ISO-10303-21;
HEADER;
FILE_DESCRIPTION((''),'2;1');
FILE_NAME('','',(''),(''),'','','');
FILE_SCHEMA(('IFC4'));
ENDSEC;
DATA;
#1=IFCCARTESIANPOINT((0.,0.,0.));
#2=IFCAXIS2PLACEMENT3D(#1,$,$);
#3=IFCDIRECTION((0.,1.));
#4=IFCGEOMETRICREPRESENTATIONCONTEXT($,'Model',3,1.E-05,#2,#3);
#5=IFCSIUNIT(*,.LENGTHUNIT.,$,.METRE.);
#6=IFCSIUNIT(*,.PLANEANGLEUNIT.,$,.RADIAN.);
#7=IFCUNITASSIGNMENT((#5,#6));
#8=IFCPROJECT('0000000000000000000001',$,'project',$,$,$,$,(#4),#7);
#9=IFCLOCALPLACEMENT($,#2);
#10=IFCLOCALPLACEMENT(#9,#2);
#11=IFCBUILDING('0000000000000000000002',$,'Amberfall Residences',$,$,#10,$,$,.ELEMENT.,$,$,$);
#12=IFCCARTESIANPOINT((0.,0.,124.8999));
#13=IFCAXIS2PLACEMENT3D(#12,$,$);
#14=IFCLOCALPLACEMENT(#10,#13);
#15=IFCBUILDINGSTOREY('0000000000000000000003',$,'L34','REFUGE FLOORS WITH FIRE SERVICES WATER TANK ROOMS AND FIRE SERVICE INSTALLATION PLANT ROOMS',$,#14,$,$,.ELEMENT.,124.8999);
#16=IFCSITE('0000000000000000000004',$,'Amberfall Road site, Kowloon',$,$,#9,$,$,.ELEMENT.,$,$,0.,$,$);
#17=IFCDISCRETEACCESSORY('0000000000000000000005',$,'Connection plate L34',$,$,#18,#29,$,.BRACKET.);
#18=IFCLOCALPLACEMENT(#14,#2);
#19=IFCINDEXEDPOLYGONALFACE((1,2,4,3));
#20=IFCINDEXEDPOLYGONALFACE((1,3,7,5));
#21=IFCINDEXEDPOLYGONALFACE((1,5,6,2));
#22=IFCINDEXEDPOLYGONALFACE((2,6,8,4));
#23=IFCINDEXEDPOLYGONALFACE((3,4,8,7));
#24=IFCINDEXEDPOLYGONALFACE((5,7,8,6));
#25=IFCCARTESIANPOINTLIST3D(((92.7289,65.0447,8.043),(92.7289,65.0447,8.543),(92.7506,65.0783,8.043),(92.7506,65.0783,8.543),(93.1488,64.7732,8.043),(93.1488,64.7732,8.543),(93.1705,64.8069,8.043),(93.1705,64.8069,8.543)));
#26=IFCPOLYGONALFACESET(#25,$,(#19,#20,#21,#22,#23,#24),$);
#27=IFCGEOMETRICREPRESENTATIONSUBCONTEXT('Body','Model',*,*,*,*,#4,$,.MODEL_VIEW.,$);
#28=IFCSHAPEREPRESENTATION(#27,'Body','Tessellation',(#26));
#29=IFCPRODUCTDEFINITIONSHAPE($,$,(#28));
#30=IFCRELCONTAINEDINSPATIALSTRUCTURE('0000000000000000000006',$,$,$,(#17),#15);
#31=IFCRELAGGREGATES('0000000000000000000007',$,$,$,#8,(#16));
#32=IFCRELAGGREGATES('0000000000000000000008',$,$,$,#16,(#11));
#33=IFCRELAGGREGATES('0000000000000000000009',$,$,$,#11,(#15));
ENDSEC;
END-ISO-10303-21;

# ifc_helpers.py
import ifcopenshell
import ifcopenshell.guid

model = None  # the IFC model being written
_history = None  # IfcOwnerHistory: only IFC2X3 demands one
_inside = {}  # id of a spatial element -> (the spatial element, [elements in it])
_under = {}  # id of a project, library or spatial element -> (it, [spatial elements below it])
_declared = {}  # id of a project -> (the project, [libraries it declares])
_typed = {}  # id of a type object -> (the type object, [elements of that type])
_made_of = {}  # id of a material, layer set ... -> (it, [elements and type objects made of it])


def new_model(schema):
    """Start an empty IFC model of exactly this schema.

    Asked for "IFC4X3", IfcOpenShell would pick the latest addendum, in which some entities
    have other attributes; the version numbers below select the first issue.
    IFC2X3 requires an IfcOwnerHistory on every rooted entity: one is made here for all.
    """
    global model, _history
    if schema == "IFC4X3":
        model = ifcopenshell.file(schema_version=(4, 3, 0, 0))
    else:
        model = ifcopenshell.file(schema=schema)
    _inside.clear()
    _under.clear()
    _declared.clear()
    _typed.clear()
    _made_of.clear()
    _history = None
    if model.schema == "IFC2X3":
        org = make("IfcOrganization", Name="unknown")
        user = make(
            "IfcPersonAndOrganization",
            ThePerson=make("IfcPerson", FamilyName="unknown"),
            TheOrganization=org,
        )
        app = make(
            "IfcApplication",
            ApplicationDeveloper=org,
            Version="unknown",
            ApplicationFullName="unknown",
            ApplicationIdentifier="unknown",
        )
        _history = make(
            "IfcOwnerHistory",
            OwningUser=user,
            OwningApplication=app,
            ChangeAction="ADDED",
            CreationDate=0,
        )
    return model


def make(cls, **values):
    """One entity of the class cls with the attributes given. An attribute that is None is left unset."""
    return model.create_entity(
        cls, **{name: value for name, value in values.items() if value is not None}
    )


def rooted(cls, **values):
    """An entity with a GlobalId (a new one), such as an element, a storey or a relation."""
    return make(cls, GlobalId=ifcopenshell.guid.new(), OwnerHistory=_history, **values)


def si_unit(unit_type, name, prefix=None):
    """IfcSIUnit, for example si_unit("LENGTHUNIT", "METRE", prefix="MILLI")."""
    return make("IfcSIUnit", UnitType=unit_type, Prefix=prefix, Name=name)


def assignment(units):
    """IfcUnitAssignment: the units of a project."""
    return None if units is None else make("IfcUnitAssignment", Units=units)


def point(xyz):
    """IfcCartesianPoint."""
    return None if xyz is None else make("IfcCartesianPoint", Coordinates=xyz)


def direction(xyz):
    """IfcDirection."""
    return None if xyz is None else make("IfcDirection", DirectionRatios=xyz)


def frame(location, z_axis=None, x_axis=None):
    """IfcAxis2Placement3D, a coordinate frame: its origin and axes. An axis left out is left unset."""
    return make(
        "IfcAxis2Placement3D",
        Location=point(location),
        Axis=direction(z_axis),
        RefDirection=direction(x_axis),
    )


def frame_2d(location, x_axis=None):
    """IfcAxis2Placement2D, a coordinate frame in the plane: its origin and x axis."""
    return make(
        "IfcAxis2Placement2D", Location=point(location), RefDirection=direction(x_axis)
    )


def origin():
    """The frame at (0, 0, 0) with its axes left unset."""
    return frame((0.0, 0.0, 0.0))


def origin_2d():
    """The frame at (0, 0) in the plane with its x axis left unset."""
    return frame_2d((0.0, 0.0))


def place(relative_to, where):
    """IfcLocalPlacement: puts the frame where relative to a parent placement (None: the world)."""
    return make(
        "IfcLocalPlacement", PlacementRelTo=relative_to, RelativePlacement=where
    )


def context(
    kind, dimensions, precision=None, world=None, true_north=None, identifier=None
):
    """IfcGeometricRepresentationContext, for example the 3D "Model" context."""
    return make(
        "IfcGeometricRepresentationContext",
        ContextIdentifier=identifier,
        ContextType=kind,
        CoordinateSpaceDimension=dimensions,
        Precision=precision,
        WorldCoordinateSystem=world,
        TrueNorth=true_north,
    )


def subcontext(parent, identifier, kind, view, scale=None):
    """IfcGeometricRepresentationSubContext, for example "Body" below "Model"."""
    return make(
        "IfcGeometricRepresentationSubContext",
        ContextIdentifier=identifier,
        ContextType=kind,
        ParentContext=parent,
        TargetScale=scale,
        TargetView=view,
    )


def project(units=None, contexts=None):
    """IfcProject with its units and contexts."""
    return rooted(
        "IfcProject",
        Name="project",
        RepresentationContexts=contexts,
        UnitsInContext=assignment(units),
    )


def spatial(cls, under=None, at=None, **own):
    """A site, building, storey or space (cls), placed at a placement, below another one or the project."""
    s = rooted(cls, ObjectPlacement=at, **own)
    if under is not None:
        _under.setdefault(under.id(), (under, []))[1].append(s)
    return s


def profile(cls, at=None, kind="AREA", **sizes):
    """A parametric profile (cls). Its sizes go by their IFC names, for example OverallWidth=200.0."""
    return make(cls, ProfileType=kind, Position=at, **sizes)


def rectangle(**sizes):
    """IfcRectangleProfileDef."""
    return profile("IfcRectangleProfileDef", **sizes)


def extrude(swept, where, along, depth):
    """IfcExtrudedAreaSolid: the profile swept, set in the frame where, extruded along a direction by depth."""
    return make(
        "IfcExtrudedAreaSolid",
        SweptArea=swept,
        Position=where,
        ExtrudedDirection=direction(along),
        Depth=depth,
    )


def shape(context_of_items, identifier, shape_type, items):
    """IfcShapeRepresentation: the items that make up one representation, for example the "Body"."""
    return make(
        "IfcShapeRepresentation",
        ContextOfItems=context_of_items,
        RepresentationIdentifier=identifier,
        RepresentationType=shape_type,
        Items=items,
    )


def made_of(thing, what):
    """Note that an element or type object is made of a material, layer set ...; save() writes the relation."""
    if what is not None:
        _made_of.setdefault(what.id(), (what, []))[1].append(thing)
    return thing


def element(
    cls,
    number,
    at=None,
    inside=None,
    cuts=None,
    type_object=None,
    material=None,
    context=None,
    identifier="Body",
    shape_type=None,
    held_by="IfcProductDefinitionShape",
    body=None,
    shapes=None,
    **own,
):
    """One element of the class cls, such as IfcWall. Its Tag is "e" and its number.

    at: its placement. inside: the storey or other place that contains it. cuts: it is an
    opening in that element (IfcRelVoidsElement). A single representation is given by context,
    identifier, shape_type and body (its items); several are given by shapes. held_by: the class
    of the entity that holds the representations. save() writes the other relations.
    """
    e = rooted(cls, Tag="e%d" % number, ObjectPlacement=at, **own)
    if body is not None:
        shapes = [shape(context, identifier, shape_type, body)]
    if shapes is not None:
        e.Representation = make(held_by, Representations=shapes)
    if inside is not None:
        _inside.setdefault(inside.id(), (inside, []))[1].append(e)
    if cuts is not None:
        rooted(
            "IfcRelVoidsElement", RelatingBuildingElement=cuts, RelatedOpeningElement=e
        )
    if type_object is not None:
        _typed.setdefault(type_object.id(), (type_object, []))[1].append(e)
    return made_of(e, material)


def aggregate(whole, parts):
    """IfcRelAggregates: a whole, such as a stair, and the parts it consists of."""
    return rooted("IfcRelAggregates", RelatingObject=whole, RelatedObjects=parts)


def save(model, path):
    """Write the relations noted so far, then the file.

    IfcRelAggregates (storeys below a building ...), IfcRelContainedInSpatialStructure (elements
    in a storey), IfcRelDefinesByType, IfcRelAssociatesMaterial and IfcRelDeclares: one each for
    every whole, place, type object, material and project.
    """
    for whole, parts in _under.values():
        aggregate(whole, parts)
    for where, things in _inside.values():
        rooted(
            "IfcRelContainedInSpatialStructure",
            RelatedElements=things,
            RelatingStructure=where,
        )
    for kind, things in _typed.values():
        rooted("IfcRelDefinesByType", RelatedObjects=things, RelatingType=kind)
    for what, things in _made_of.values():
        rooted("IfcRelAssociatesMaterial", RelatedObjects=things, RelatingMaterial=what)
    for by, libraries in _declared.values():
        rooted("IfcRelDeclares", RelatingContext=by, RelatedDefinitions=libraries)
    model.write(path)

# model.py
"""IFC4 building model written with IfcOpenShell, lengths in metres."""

from ifc_helpers import new_model, si_unit, direction, frame, origin, origin_2d, place, context, subcontext, project, spatial, rectangle, extrude, element, save


model = new_model("IFC4")

# Units and contexts
model_context = context("Model", 3, precision=1e-05, world=origin(), true_north=direction((0.0, 1.0)))
body_context = subcontext(model_context, "Body", "Model", "MODEL_VIEW")
ifc_project = project(units=[si_unit("LENGTHUNIT", "METRE"), si_unit("PLANEANGLEUNIT", "RADIAN")], contexts=[model_context])

# Site, building, storey
site_placement = place(None, origin())
site = spatial("IfcSite", under=ifc_project, at=site_placement, Name="Amberfall Road site, Kowloon", CompositionType="ELEMENT", RefElevation=0.0)
building_placement = place(site_placement, origin())
building = spatial("IfcBuilding", under=site, at=building_placement, Name="Amberfall Residences", CompositionType="ELEMENT")
storey_placement = place(building_placement, frame((0.0, 0.0, 124.8999)))
storey = spatial("IfcBuildingStorey", under=building, at=storey_placement, Name="L34", Description="REFUGE FLOORS WITH FIRE SERVICES WATER TANK ROOMS AND FIRE SERVICE INSTALLATION PLANT ROOMS", CompositionType="ELEMENT", Elevation=124.8999)

# Discrete accessory
for number, where, z_axis, x_axis, name in (
    (1, (92.9497, 64.9258, 8.043), (0.0, 0.0, 1.0), (-0.839772, 0.54294, 0.0), "Connection plate L34"),
):
    element("IfcDiscreteAccessory", number, at=place(storey_placement, frame(where, z_axis=z_axis, x_axis=x_axis)), inside=storey, Name=name, PredefinedType="BRACKET", context=body_context, shape_type="SweptSolid", body=[
        extrude(rectangle(XDim=0.5, YDim=0.04, at=origin_2d()), origin(), (0.0, 0.0, 1.0), 0.5),
    ])

save(model, "model.ifc")
